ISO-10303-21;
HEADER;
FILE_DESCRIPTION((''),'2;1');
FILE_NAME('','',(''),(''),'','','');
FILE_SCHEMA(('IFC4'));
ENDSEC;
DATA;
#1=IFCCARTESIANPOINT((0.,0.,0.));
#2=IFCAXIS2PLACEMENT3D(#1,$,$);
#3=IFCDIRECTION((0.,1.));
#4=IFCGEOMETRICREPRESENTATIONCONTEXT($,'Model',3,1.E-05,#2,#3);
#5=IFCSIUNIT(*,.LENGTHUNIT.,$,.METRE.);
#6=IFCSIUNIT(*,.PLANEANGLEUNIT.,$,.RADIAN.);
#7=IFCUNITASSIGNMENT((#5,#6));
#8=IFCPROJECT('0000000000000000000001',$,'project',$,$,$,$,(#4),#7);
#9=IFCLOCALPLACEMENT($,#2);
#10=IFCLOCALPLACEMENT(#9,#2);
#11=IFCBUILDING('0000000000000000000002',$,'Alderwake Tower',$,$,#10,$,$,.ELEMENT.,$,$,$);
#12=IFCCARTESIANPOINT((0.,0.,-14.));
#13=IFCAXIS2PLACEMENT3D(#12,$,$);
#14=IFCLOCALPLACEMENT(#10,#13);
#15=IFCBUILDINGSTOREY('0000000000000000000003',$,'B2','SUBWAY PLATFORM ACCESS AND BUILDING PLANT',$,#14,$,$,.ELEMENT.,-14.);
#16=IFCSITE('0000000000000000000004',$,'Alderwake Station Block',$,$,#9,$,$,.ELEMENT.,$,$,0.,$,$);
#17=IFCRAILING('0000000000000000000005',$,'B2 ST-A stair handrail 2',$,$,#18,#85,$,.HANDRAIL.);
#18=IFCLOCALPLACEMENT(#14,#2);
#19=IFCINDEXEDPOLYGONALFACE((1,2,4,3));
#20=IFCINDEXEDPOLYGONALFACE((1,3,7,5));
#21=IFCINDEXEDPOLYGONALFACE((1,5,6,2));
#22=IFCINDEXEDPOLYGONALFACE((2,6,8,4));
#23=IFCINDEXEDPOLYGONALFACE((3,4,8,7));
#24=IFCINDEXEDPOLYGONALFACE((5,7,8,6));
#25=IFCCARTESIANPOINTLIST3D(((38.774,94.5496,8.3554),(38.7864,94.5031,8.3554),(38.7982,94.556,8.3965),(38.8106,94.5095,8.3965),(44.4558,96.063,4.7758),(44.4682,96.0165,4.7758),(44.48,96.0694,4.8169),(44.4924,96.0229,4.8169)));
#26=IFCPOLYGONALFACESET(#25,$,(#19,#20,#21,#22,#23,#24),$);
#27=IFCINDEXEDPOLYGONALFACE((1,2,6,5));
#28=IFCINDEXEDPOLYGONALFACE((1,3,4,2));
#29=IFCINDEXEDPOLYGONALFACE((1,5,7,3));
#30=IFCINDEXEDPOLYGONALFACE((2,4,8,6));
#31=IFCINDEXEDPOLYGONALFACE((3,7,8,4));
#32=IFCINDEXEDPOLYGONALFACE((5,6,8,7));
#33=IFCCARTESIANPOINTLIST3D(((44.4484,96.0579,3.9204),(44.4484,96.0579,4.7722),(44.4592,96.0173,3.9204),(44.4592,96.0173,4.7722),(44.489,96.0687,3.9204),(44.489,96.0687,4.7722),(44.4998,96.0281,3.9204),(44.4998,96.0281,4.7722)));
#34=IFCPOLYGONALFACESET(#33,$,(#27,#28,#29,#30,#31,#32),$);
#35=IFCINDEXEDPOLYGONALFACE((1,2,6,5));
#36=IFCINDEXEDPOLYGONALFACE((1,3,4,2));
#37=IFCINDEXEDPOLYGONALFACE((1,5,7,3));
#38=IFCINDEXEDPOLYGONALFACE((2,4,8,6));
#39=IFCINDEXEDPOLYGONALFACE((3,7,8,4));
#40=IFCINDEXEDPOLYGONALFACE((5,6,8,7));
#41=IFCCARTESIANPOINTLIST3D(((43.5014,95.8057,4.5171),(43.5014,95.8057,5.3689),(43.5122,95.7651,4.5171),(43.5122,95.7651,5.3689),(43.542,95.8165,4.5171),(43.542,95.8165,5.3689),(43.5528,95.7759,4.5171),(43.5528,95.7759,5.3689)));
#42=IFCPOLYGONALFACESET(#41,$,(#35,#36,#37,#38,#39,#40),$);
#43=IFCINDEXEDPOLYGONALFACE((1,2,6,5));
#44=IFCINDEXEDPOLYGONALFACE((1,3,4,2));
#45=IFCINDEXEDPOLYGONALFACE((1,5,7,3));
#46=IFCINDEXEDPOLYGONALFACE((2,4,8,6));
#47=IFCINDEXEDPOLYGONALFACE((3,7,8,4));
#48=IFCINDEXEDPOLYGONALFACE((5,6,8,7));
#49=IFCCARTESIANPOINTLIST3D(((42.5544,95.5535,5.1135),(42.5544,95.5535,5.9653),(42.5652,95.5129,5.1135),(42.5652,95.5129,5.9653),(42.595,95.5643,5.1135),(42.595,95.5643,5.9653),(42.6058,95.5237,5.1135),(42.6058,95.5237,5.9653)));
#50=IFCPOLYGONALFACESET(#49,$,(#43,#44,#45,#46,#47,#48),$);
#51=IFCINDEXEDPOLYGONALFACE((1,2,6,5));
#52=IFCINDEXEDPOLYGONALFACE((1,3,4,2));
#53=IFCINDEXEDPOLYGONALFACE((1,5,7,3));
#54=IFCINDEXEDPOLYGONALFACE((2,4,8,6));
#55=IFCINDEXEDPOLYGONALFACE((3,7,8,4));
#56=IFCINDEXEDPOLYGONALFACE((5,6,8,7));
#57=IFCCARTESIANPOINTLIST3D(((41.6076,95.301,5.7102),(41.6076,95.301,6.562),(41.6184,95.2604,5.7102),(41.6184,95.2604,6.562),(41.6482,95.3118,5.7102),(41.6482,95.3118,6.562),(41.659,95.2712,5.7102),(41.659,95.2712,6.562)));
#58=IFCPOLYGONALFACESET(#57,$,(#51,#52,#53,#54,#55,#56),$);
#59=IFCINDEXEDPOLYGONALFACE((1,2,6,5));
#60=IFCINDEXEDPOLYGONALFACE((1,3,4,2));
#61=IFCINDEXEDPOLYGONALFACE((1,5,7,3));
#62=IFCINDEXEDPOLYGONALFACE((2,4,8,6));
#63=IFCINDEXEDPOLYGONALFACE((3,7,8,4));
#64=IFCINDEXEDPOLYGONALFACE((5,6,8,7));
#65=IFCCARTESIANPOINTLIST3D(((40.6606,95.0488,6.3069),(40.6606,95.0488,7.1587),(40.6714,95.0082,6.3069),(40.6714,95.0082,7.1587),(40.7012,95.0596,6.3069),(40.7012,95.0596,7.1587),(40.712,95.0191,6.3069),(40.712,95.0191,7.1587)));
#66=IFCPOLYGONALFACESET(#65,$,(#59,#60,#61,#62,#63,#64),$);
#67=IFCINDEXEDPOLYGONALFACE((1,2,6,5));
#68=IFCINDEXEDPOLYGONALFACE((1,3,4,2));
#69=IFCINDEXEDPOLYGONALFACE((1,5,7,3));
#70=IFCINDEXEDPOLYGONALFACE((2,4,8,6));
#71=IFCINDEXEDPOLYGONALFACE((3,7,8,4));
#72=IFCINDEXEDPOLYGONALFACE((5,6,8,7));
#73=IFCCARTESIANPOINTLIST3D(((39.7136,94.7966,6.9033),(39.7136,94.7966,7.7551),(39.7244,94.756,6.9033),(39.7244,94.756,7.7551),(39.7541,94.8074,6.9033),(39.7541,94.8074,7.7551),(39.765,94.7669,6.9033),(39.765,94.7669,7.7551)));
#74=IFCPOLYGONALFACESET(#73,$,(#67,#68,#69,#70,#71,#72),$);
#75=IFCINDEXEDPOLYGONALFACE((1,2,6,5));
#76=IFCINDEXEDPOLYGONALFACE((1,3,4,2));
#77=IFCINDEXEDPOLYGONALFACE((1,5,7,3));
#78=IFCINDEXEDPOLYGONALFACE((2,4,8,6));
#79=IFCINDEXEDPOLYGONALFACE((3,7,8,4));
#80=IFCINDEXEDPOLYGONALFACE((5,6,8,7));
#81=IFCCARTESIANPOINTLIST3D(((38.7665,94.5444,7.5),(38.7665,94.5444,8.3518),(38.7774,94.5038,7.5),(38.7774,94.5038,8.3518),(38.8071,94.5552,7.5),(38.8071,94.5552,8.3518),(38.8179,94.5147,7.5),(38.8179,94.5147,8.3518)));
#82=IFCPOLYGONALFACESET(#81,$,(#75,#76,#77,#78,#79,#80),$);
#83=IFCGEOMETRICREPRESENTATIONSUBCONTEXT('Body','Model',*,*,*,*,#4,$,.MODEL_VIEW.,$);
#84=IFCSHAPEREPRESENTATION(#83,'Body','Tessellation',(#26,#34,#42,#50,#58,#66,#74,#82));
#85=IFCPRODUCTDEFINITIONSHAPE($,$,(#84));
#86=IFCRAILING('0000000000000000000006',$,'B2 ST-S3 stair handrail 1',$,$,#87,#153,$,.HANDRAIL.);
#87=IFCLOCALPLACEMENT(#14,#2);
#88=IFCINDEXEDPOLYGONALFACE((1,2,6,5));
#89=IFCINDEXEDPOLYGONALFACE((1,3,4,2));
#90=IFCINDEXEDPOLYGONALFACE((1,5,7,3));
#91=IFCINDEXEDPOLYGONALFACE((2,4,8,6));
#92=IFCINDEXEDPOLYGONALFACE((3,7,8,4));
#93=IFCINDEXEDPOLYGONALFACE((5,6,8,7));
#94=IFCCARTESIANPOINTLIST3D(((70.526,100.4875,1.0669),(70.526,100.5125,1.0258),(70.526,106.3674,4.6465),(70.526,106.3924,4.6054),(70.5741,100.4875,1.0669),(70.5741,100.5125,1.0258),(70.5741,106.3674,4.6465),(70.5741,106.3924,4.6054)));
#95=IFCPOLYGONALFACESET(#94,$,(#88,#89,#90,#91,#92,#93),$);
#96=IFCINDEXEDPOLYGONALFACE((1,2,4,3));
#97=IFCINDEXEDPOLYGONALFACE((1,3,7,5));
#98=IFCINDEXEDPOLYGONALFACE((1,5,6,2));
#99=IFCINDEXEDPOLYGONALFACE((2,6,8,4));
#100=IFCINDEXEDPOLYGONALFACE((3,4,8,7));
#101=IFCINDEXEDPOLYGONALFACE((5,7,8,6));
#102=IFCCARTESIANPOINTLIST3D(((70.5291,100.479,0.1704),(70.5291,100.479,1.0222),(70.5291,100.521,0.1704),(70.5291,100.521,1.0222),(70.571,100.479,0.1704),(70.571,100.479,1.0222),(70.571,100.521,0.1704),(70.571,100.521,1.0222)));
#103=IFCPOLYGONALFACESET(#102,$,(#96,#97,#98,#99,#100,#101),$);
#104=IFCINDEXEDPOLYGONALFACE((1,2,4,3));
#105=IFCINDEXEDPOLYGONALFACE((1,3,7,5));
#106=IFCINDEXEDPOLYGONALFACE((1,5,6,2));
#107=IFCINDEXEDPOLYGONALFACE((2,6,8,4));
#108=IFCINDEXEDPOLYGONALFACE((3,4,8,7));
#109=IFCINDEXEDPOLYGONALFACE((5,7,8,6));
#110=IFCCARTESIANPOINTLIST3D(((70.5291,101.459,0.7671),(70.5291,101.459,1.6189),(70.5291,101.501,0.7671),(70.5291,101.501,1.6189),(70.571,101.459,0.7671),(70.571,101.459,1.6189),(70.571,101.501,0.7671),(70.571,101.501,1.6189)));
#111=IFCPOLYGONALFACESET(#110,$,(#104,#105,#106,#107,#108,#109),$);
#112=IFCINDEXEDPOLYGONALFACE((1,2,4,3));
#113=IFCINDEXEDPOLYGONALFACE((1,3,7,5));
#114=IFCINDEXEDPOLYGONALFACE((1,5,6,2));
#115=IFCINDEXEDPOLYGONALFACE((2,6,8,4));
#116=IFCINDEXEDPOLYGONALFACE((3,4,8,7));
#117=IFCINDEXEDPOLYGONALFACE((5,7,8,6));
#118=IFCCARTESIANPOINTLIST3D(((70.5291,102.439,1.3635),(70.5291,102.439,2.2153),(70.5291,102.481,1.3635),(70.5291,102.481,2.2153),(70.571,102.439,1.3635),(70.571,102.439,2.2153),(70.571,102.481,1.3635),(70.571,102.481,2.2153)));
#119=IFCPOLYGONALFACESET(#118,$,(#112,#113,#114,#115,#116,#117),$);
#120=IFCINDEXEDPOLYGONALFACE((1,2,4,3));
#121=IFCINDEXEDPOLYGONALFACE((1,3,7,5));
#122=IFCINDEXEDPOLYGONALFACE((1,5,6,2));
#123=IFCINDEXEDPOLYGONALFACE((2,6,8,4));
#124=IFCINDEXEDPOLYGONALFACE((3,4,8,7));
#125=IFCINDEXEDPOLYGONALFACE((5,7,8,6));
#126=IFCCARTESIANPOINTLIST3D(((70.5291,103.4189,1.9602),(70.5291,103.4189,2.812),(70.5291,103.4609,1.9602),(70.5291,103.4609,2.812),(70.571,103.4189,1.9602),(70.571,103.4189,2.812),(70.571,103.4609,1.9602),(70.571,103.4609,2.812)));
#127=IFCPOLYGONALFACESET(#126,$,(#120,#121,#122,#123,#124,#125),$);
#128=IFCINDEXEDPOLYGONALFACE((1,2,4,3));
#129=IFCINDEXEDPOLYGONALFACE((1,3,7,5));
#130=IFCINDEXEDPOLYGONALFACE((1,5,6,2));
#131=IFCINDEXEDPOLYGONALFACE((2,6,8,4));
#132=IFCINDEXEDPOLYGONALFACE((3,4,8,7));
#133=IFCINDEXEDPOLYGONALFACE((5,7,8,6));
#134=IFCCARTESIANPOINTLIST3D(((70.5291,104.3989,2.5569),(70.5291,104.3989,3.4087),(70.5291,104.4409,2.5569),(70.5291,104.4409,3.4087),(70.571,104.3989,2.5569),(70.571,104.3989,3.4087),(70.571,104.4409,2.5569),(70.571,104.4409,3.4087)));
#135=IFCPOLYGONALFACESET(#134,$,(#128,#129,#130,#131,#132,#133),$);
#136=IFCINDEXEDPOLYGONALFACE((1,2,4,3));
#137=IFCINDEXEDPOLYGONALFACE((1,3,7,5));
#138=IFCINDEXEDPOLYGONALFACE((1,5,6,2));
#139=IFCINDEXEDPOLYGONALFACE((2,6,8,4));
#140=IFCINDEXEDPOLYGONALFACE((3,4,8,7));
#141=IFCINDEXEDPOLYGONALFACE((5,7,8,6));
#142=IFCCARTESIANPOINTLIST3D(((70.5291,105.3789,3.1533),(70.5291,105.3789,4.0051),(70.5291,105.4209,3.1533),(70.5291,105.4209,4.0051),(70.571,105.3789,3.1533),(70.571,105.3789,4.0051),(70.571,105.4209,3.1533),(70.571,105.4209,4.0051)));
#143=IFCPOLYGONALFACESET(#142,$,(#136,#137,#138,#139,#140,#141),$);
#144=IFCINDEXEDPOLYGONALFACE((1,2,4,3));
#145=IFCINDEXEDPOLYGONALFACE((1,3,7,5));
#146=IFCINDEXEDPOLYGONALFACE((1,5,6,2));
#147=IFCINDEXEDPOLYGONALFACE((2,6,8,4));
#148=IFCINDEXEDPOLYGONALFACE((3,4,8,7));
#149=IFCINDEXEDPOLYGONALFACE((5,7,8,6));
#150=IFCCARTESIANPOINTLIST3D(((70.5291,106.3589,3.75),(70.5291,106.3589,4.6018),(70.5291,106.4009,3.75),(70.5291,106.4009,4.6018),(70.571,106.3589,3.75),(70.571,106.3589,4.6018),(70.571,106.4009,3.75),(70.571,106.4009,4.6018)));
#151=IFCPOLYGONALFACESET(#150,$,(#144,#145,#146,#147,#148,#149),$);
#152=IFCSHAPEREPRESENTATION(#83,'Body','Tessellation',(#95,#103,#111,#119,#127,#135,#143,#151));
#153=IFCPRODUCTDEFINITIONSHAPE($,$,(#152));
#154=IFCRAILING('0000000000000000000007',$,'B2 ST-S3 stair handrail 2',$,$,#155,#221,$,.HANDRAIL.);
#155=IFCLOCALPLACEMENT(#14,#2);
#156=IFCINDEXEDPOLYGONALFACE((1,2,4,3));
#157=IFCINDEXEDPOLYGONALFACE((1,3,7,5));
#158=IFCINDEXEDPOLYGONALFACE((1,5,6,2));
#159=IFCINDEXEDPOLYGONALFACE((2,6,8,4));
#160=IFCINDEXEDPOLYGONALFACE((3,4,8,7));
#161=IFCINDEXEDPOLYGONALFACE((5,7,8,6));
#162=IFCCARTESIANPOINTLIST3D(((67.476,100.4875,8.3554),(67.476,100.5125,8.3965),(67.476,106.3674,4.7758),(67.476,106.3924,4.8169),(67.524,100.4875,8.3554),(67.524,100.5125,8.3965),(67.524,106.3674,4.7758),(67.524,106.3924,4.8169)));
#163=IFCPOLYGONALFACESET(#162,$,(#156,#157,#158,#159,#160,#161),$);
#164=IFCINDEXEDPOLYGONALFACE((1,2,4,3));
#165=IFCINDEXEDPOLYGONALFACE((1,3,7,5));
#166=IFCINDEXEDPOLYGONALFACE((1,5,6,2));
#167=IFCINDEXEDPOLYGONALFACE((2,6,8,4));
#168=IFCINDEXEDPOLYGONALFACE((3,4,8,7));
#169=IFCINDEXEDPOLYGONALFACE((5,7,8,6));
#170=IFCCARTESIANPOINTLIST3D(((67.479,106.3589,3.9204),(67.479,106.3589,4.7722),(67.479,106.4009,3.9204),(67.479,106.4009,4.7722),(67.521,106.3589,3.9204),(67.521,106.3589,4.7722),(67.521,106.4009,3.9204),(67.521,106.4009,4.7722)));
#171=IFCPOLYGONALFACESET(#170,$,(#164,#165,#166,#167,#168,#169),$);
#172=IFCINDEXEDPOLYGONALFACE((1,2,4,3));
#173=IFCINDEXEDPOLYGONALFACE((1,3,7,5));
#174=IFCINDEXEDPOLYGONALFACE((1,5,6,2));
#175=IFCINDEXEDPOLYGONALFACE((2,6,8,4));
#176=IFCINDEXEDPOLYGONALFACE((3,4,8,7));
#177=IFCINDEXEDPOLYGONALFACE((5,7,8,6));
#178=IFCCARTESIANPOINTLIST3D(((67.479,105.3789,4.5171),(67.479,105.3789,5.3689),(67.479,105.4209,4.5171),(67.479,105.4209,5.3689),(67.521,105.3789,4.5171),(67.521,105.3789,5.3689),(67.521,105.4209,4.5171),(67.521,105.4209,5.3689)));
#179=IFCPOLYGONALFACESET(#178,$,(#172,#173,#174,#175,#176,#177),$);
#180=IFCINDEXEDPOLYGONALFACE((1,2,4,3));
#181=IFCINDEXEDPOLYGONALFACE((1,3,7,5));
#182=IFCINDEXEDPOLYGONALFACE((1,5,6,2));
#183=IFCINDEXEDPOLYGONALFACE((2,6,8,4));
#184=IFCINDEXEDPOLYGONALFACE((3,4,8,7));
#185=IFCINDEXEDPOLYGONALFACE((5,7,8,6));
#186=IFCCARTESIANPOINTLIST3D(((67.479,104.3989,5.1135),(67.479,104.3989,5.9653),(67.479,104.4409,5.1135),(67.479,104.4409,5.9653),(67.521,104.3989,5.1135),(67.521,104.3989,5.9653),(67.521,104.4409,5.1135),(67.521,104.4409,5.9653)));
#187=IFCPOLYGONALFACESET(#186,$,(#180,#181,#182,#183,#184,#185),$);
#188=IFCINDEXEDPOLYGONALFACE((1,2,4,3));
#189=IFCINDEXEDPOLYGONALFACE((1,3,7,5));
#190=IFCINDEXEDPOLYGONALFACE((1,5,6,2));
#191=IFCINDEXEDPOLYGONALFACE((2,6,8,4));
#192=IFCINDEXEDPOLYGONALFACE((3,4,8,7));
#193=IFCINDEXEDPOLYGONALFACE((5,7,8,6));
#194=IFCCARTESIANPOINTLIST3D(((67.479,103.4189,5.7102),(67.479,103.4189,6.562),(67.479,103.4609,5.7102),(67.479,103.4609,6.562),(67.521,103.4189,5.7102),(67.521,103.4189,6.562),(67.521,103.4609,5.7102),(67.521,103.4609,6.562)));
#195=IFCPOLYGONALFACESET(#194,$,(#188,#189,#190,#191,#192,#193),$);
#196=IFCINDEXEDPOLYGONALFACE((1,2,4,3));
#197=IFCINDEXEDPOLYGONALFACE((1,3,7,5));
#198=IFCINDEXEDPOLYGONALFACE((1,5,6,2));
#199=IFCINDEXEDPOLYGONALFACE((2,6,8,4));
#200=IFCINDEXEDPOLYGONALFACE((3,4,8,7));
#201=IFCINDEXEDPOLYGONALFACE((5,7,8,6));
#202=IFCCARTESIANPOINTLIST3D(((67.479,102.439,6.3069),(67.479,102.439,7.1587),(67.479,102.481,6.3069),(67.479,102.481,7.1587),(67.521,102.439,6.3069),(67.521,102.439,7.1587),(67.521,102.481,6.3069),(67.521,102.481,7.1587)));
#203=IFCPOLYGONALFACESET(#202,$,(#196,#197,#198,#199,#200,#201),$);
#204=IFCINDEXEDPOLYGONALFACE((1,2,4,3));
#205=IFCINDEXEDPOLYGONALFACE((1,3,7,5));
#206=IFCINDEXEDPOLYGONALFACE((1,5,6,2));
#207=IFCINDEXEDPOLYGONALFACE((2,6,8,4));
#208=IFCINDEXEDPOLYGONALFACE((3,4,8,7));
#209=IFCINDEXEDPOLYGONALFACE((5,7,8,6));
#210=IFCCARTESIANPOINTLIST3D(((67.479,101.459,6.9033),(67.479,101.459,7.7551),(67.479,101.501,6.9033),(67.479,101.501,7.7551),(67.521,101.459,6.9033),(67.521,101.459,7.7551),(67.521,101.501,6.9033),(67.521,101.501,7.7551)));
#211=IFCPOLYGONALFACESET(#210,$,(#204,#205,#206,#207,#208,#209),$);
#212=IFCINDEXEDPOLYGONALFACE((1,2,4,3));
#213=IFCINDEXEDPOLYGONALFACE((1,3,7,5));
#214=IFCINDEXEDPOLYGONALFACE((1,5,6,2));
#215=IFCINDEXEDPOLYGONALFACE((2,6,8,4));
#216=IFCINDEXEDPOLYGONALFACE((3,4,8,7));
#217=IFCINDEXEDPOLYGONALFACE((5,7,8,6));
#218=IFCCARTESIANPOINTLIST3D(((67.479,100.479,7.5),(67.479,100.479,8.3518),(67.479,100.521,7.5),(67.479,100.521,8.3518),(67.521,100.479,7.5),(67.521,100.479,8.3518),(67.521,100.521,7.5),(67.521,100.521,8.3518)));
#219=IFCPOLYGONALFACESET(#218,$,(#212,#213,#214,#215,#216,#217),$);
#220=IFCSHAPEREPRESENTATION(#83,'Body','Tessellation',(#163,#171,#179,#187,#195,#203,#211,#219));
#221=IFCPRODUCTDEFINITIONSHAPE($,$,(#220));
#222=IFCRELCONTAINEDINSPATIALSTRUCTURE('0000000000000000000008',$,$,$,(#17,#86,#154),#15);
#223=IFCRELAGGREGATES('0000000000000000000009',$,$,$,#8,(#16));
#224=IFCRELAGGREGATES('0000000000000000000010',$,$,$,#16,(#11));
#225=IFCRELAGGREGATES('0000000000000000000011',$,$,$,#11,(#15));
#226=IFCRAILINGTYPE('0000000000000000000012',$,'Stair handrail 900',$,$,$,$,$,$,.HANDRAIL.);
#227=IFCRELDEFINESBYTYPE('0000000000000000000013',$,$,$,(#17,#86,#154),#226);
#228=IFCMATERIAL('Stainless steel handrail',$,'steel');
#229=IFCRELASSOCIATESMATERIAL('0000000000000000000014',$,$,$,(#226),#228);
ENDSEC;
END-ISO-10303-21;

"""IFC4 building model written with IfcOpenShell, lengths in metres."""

from ifc_helpers import new_model, si_unit, direction, frame, origin, origin_2d, place, context, subcontext, project, spatial, rectangle, extrude, material, type_object, element, save


model = new_model("IFC4")

# Units and contexts
model_context = context("Model", 3, precision=1e-05, world=origin(), true_north=direction((0.0, 1.0)))
body_context = subcontext(model_context, "Body", "Model", "MODEL_VIEW")
ifc_project = project(units=[si_unit("LENGTHUNIT", "METRE"), si_unit("PLANEANGLEUNIT", "RADIAN")], contexts=[model_context])

# Site, building, storey
site_placement = place(None, origin())
site = spatial("IfcSite", under=ifc_project, at=site_placement, Name="Alderwake Station Block", CompositionType="ELEMENT", RefElevation=0.0)
building_placement = place(site_placement, origin())
building = spatial("IfcBuilding", under=site, at=building_placement, Name="Alderwake Tower", CompositionType="ELEMENT")
storey_placement = place(building_placement, frame((0.0, 0.0, -14.0)))
storey = spatial("IfcBuildingStorey", under=building, at=storey_placement, Name="B2", Description="SUBWAY PLATFORM ACCESS AND BUILDING PLANT", CompositionType="ELEMENT", Elevation=-14.0)

# Railings
ifc_material_1 = material(Name="Stainless steel handrail", Category="steel")
railing_type_1 = type_object("IfcRailingType", Name="Stair handrail 900", PredefinedType="HANDRAIL", material=ifc_material_1)
railing_1_placement = place(storey_placement, frame((44.4741, 96.043, 3.9204)))
element("IfcRailing", 1, at=railing_1_placement, inside=storey, type_object=railing_type_1, Name="B2 ST-A stair handrail 2", PredefinedType="HANDRAIL", context=body_context, shape_type="SweptSolid", body=[
    extrude(rectangle(XDim=0.0481, YDim=0.0481, at=origin_2d()), frame((0.0, 0.0, 0.876), z_axis=(-0.82539, -0.219851, 0.519996), x_axis=(0.257386, -0.966309, 0.0)), (0.0, 0.0, 1.0), 6.8838),
    extrude(rectangle(XDim=0.042, YDim=0.042, at=origin_2d()), frame((0.0, 0.0, 0.0), z_axis=(0.0, 0.0, 1.0), x_axis=(-0.966309, -0.257386, 0.0)), (0.0, 0.0, 1.0), 0.8518),
    extrude(rectangle(XDim=0.042, YDim=0.042, at=origin_2d()), frame((-0.947, -0.2522, 0.5967), z_axis=(0.0, 0.0, 1.0), x_axis=(-0.966309, -0.257386, 0.0)), (0.0, 0.0, 1.0), 0.8518),
    extrude(rectangle(XDim=0.042, YDim=0.042, at=origin_2d()), frame((-1.894, -0.5044, 1.1931), z_axis=(0.0, 0.0, 1.0), x_axis=(-0.966309, -0.257386, 0.0)), (0.0, 0.0, 1.0), 0.8518),
    extrude(rectangle(XDim=0.042, YDim=0.042, at=origin_2d()), frame((-2.8408, -0.7568, 1.7898), z_axis=(0.0, 0.0, 1.0), x_axis=(-0.966309, -0.257386, 0.0)), (0.0, 0.0, 1.0), 0.8518),
    extrude(rectangle(XDim=0.042, YDim=0.042, at=origin_2d()), frame((-3.7878, -1.009, 2.3865), z_axis=(0.0, 0.0, 1.0), x_axis=(-0.966309, -0.257386, 0.0)), (0.0, 0.0, 1.0), 0.8518),
    extrude(rectangle(XDim=0.042, YDim=0.042, at=origin_2d()), frame((-4.7349, -1.2612, 2.9829), z_axis=(0.0, 0.0, 1.0), x_axis=(-0.966309, -0.257386, 0.0)), (0.0, 0.0, 1.0), 0.8518),
    extrude(rectangle(XDim=0.042, YDim=0.042, at=origin_2d()), frame((-5.6819, -1.5134, 3.5796), z_axis=(0.0, 0.0, 1.0), x_axis=(-0.966309, -0.257386, 0.0)), (0.0, 0.0, 1.0), 0.8518),
])
railing_2_placement = place(storey_placement, frame((70.55, 100.5, 0.1704)))
element("IfcRailing", 2, at=railing_2_placement, inside=storey, type_object=railing_type_1, Name="B2 ST-S3 stair handrail 1", PredefinedType="HANDRAIL", context=body_context, shape_type="SweptSolid", body=[
    extrude(rectangle(XDim=0.0481, YDim=0.0481, at=origin_2d()), frame((0.0, 0.0, 0.876), z_axis=(0.0, 0.854164, 0.520003), x_axis=(-1.0, 0.0, 0.0)), (0.0, 0.0, 1.0), 6.8838),
    extrude(rectangle(XDim=0.042, YDim=0.042, at=origin_2d()), frame((0.0, 0.0, 0.0), z_axis=(0.0, 0.0, 1.0), x_axis=(0.0, 1.0, 0.0)), (0.0, 0.0, 1.0), 0.8518),
    extrude(rectangle(XDim=0.042, YDim=0.042, at=origin_2d()), frame((0.0, 0.98, 0.5967), z_axis=(0.0, 0.0, 1.0), x_axis=(0.0, 1.0, 0.0)), (0.0, 0.0, 1.0), 0.8518),
    extrude(rectangle(XDim=0.042, YDim=0.042, at=origin_2d()), frame((0.0, 1.96, 1.1931), z_axis=(0.0, 0.0, 1.0), x_axis=(0.0, 1.0, 0.0)), (0.0, 0.0, 1.0), 0.8518),
    extrude(rectangle(XDim=0.042, YDim=0.042, at=origin_2d()), frame((0.0, 2.9399, 1.7898), z_axis=(0.0, 0.0, 1.0), x_axis=(0.0, 1.0, 0.0)), (0.0, 0.0, 1.0), 0.8518),
    extrude(rectangle(XDim=0.042, YDim=0.042, at=origin_2d()), frame((0.0, 3.9199, 2.3865), z_axis=(0.0, 0.0, 1.0), x_axis=(0.0, 1.0, 0.0)), (0.0, 0.0, 1.0), 0.8518),
    extrude(rectangle(XDim=0.042, YDim=0.042, at=origin_2d()), frame((0.0, 4.8999, 2.9829), z_axis=(0.0, 0.0, 1.0), x_axis=(0.0, 1.0, 0.0)), (0.0, 0.0, 1.0), 0.8518),
    extrude(rectangle(XDim=0.042, YDim=0.042, at=origin_2d()), frame((0.0, 5.8799, 3.5796), z_axis=(0.0, 0.0, 1.0), x_axis=(0.0, 1.0, 0.0)), (0.0, 0.0, 1.0), 0.8518),
])
railing_3_placement = place(storey_placement, frame((67.5, 106.3799, 3.9204)))
element("IfcRailing", 3, at=railing_3_placement, inside=storey, type_object=railing_type_1, Name="B2 ST-S3 stair handrail 2", PredefinedType="HANDRAIL", context=body_context, shape_type="SweptSolid", body=[
    extrude(rectangle(XDim=0.0481, YDim=0.0481, at=origin_2d()), frame((0.0, 0.0, 0.876), z_axis=(0.0, -0.854164, 0.520003), x_axis=(1.0, 0.0, 0.0)), (0.0, 0.0, 1.0), 6.8838),
    extrude(rectangle(XDim=0.042, YDim=0.042, at=origin_2d()), frame((0.0, 0.0, 0.0), z_axis=(0.0, 0.0, 1.0), x_axis=(0.0, -1.0, 0.0)), (0.0, 0.0, 1.0), 0.8518),
    extrude(rectangle(XDim=0.042, YDim=0.042, at=origin_2d()), frame((0.0, -0.98, 0.5967), z_axis=(0.0, 0.0, 1.0), x_axis=(0.0, -1.0, 0.0)), (0.0, 0.0, 1.0), 0.8518),
    extrude(rectangle(XDim=0.042, YDim=0.042, at=origin_2d()), frame((0.0, -1.96, 1.1931), z_axis=(0.0, 0.0, 1.0), x_axis=(0.0, -1.0, 0.0)), (0.0, 0.0, 1.0), 0.8518),
    extrude(rectangle(XDim=0.042, YDim=0.042, at=origin_2d()), frame((0.0, -2.9399, 1.7898), z_axis=(0.0, 0.0, 1.0), x_axis=(0.0, -1.0, 0.0)), (0.0, 0.0, 1.0), 0.8518),
    extrude(rectangle(XDim=0.042, YDim=0.042, at=origin_2d()), frame((0.0, -3.9199, 2.3865), z_axis=(0.0, 0.0, 1.0), x_axis=(0.0, -1.0, 0.0)), (0.0, 0.0, 1.0), 0.8518),
    extrude(rectangle(XDim=0.042, YDim=0.042, at=origin_2d()), frame((0.0, -4.8999, 2.9829), z_axis=(0.0, 0.0, 1.0), x_axis=(0.0, -1.0, 0.0)), (0.0, 0.0, 1.0), 0.8518),
    extrude(rectangle(XDim=0.042, YDim=0.042, at=origin_2d()), frame((0.0, -5.8799, 3.5796), z_axis=(0.0, 0.0, 1.0), x_axis=(0.0, -1.0, 0.0)), (0.0, 0.0, 1.0), 0.8518),
])

save(model, "model.ifc")
